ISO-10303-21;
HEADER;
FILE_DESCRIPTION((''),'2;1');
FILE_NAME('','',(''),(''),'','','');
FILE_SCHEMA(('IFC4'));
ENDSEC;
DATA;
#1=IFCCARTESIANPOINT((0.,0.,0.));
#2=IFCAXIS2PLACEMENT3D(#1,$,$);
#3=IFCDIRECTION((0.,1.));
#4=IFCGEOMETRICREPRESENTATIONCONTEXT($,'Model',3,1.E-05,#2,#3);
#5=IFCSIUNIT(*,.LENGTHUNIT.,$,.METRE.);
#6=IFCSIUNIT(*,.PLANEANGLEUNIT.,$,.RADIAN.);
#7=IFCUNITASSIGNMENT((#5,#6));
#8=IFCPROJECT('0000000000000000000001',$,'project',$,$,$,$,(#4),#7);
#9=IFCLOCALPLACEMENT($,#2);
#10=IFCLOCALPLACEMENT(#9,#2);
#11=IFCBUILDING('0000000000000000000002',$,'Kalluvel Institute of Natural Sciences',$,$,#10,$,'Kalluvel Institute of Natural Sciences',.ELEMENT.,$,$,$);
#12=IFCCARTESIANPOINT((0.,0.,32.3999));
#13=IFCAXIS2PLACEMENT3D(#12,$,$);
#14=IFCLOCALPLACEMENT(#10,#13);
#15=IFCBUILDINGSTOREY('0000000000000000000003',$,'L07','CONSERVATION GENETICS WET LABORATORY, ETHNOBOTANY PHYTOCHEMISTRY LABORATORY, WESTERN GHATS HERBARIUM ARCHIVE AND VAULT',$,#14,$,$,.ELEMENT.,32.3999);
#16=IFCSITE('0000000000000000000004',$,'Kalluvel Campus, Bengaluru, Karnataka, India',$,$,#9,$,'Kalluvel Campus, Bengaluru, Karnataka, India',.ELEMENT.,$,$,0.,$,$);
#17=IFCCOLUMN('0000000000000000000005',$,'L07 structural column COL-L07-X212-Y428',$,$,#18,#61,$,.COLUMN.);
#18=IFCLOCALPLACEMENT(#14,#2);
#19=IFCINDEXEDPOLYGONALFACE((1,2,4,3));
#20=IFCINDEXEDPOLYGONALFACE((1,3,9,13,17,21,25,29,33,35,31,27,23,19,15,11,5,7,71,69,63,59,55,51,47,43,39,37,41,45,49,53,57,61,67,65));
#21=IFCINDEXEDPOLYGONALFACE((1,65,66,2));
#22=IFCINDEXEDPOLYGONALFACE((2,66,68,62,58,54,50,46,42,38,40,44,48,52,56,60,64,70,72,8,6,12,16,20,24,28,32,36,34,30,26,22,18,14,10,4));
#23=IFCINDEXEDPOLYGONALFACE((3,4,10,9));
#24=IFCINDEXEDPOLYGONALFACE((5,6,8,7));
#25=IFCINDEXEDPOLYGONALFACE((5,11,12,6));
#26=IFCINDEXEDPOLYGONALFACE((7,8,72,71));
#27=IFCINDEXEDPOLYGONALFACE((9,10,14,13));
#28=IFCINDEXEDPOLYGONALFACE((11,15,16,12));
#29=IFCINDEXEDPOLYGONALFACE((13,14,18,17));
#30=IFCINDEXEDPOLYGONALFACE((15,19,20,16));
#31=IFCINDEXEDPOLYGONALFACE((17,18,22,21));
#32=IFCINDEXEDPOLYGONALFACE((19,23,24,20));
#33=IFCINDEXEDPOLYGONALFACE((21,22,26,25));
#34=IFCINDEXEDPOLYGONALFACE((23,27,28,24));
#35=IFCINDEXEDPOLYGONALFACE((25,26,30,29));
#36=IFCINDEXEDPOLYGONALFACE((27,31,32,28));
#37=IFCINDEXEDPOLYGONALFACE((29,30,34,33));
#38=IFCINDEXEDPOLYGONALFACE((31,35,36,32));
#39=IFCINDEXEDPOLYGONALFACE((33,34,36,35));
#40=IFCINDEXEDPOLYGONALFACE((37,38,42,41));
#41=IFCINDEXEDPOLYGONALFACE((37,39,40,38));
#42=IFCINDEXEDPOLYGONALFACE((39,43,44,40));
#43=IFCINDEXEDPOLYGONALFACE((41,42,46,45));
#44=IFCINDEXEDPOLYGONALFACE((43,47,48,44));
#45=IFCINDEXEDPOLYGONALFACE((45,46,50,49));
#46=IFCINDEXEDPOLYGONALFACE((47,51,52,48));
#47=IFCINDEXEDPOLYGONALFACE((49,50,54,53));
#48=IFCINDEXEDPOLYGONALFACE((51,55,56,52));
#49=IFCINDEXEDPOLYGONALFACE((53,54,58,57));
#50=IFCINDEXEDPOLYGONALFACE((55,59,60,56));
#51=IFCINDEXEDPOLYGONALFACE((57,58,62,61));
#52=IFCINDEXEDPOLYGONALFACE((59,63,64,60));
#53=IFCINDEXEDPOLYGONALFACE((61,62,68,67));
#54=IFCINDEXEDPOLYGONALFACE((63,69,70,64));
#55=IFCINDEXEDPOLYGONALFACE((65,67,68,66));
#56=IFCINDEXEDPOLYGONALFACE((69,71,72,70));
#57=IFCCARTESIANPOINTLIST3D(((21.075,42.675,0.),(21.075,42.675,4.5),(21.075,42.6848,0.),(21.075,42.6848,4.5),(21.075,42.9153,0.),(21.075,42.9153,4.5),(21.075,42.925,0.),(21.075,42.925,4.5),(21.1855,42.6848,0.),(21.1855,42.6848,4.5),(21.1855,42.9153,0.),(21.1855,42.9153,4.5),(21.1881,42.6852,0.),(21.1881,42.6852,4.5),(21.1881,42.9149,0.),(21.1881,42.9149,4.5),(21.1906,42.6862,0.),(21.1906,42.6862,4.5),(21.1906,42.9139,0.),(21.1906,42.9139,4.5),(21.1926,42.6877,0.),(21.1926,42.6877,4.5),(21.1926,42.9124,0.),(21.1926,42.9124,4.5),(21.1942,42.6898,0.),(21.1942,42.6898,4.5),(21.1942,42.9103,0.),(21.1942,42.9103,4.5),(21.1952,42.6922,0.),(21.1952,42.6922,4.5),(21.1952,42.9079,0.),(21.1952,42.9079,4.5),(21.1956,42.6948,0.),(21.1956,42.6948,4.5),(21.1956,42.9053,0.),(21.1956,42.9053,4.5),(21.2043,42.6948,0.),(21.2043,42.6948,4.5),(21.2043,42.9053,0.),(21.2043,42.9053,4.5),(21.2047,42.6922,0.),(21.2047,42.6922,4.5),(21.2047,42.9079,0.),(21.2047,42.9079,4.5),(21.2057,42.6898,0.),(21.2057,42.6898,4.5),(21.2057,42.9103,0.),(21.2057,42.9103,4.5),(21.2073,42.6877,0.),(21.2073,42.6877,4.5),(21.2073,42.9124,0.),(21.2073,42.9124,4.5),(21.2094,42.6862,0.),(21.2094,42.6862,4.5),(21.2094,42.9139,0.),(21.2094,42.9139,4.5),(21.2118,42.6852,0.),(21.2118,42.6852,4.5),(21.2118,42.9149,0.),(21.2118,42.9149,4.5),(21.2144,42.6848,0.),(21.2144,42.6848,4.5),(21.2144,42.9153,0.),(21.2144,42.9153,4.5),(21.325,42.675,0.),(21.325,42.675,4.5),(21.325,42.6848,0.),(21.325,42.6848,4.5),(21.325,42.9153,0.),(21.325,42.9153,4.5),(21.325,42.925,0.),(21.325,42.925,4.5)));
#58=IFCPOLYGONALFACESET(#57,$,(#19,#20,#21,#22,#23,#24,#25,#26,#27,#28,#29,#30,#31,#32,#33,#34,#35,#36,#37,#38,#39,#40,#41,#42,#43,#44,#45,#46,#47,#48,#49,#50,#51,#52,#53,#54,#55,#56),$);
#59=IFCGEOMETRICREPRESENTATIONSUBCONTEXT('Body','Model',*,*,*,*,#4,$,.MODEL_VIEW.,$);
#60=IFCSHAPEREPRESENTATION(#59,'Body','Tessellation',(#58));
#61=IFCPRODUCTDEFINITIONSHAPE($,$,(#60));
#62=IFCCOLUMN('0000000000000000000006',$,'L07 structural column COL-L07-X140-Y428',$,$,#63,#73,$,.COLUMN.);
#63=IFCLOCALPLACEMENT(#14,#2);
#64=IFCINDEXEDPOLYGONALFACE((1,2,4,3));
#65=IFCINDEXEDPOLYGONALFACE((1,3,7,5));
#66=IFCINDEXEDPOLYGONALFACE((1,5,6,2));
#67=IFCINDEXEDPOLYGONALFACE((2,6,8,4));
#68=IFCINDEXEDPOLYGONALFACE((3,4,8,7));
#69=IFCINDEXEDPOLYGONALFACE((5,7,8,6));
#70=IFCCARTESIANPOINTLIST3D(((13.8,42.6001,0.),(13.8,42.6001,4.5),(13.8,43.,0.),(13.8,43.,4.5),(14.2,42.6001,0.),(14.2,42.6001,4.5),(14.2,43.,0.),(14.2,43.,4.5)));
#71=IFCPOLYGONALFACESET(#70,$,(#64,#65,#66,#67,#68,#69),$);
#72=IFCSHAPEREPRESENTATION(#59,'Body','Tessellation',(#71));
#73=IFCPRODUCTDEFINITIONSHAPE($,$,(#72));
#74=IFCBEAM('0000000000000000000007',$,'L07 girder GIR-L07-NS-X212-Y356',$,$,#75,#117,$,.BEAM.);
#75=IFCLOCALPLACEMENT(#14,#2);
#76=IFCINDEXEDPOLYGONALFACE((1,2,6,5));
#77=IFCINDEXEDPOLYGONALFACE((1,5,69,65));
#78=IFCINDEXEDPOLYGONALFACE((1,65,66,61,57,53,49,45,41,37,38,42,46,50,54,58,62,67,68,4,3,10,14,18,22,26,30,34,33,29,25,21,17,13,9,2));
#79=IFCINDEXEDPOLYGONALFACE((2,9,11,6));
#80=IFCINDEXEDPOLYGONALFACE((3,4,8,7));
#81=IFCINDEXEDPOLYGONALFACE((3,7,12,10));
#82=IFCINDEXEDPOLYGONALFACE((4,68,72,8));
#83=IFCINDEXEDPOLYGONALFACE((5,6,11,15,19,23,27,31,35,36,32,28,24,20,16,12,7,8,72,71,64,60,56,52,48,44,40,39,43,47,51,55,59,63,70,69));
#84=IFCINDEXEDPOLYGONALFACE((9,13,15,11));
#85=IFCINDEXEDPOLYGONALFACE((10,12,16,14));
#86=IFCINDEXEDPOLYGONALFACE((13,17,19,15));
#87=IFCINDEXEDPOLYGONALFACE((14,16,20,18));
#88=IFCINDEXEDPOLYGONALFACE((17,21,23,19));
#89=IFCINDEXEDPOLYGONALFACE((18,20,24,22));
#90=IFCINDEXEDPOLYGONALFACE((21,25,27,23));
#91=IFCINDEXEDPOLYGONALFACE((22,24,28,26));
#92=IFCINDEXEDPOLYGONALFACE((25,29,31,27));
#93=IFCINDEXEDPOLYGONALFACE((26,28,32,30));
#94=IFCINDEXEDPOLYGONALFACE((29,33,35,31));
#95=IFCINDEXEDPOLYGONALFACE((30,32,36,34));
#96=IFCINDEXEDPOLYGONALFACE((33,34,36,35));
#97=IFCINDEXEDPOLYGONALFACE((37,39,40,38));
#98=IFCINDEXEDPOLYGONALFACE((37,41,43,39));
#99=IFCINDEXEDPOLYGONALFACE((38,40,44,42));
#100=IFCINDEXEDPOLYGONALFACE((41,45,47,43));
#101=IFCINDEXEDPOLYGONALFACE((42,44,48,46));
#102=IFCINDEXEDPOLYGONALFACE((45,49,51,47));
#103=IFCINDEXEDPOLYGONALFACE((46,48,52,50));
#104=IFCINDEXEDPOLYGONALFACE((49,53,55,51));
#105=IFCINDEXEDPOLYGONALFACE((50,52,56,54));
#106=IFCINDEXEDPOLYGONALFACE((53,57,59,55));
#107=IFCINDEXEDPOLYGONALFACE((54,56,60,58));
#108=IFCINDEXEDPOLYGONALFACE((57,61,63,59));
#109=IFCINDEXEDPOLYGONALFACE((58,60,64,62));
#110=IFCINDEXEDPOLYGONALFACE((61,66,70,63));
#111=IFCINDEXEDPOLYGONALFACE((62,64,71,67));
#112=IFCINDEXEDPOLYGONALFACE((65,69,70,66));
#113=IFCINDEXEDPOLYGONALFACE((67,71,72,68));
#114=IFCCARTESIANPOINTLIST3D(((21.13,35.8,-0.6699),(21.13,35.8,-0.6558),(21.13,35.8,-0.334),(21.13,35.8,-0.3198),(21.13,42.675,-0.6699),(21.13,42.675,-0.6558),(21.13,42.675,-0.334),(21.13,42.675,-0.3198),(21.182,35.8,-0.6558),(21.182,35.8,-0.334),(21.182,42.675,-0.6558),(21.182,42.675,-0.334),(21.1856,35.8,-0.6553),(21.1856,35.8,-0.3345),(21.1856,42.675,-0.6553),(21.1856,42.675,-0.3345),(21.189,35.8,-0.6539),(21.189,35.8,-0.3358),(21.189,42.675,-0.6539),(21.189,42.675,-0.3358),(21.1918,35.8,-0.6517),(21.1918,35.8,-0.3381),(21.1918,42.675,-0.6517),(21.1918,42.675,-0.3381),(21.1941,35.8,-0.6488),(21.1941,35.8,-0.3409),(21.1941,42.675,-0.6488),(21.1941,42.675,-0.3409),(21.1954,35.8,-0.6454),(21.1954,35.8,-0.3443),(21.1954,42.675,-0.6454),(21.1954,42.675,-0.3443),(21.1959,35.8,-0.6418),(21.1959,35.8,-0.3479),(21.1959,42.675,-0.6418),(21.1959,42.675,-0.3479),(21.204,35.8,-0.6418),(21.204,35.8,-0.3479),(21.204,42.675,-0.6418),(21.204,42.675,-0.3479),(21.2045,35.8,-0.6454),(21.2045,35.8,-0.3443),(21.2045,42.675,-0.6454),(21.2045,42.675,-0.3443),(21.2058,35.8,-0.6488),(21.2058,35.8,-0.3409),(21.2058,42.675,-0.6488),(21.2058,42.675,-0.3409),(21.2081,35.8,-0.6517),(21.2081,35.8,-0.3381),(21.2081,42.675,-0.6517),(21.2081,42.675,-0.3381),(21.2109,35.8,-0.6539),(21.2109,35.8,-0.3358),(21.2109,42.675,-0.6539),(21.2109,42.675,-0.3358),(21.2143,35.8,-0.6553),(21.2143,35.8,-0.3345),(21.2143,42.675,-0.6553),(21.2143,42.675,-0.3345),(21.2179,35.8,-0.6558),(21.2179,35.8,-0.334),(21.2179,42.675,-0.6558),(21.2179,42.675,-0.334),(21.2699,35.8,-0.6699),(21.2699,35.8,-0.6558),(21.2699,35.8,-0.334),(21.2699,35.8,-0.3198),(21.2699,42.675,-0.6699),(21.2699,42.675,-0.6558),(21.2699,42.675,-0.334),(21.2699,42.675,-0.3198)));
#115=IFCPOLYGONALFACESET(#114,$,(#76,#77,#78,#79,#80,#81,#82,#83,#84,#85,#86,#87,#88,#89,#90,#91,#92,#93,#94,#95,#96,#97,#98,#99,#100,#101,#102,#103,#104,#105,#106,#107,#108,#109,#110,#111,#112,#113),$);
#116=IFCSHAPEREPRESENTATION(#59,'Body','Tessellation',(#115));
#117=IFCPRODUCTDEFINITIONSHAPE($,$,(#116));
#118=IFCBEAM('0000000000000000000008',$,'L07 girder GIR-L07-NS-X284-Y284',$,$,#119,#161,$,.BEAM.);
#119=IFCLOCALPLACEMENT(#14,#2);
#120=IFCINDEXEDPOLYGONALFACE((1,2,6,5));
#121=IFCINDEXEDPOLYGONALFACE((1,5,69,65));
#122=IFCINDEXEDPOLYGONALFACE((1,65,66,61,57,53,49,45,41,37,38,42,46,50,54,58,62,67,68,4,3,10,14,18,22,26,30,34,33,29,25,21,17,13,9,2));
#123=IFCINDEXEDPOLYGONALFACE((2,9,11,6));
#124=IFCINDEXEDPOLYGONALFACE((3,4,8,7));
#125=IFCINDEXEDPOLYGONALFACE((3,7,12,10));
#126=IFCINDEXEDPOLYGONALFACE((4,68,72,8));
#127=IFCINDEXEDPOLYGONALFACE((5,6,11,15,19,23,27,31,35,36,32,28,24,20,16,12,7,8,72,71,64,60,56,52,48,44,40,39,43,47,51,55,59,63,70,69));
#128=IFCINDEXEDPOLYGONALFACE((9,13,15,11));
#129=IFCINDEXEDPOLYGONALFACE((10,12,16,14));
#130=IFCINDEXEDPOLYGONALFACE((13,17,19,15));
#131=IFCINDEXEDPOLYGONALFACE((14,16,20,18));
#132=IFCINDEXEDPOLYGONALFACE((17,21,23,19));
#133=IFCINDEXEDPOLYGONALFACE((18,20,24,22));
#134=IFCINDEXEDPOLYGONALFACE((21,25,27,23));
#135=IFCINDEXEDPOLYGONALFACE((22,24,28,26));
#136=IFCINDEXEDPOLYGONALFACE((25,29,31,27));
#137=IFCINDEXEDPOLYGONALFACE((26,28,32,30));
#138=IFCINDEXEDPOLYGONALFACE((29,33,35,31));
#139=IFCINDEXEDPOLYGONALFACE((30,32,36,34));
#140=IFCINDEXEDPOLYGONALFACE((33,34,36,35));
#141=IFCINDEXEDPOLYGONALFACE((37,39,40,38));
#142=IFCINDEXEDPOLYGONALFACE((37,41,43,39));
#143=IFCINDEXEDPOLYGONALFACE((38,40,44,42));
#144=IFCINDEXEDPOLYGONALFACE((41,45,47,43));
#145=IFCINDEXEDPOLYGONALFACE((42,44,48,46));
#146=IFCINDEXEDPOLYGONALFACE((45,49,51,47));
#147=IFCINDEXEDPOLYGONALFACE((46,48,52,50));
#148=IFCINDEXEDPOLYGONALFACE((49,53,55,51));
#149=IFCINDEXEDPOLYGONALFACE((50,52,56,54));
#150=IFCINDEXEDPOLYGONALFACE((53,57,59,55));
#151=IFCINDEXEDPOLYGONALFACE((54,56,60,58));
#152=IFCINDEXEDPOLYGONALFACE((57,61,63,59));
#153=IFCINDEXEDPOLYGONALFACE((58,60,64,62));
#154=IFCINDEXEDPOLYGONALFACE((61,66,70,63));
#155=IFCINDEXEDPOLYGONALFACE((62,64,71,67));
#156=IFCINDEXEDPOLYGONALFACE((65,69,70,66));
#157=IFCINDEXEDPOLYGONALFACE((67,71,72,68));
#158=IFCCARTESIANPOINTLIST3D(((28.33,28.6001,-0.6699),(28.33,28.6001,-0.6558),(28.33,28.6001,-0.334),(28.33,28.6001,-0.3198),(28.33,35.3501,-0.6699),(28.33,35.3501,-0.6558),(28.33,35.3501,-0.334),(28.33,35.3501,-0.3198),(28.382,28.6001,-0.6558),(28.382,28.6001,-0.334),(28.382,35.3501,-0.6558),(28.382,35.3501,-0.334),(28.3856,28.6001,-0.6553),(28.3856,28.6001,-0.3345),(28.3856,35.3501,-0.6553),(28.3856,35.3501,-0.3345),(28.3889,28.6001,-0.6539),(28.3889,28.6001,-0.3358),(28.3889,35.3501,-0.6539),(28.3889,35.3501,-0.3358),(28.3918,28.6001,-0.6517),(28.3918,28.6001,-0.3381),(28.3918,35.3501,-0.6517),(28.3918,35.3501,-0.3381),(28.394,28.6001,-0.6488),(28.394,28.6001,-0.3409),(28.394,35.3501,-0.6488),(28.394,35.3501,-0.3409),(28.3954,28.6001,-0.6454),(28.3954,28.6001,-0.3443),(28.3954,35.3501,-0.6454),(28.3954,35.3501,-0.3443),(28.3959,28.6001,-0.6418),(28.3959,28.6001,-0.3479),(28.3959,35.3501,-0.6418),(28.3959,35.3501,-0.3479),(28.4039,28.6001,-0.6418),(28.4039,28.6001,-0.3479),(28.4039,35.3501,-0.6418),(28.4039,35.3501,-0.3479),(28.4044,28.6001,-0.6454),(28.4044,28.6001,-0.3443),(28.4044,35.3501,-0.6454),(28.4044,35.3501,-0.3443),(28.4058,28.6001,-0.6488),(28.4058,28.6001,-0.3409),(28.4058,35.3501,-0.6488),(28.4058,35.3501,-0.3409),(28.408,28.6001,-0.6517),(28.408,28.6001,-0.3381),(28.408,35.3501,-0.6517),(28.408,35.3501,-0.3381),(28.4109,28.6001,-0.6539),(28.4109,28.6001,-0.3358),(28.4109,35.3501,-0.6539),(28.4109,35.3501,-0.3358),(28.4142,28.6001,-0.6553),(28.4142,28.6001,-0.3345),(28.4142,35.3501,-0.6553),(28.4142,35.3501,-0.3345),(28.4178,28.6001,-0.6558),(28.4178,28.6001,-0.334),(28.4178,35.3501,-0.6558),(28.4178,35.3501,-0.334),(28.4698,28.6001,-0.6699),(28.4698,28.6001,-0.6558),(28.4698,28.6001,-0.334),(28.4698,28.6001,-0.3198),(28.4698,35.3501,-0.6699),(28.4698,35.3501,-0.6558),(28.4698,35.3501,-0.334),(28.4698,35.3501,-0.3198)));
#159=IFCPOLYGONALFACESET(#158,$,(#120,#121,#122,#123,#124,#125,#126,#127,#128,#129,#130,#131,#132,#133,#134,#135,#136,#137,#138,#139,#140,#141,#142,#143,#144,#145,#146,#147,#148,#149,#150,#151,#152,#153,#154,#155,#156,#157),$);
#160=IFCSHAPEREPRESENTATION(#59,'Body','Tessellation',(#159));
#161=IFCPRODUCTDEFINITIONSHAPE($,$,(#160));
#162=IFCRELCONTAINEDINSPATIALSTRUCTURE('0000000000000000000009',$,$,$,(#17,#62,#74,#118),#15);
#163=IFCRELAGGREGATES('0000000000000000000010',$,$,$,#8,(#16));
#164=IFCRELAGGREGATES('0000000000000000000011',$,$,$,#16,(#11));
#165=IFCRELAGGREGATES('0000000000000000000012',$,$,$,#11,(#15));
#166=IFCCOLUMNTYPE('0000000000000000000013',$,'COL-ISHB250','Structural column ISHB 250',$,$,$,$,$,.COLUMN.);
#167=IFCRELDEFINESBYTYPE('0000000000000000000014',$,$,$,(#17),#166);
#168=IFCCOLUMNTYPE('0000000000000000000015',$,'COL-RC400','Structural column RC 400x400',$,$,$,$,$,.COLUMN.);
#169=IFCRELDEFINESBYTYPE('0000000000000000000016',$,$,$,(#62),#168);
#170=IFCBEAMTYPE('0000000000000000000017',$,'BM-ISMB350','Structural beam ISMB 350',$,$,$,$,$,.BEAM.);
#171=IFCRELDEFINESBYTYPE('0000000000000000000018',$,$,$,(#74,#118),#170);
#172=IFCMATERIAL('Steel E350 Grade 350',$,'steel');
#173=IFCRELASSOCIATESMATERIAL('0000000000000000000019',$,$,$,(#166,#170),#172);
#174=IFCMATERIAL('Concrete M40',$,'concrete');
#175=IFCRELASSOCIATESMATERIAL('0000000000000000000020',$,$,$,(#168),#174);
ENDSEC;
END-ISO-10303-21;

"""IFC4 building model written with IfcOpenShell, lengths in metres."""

from ifc_helpers import new_model, si_unit, direction, frame, origin, origin_2d, place, context, subcontext, project, spatial, rectangle, i_section, extrude, material, material_profile, profile_set, type_object, element, save


model = new_model("IFC4")

# Units and contexts
model_context = context("Model", 3, precision=1e-05, world=origin(), true_north=direction((0.0, 1.0)))
body_context = subcontext(model_context, "Body", "Model", "MODEL_VIEW")
ifc_project = project(units=[si_unit("LENGTHUNIT", "METRE"), si_unit("PLANEANGLEUNIT", "RADIAN")], contexts=[model_context])

# Site, building, storey
site_placement = place(None, origin())
site = spatial("IfcSite", under=ifc_project, at=site_placement, Name="Kalluvel Campus, Bengaluru, Karnataka, India", LongName="Kalluvel Campus, Bengaluru, Karnataka, India", CompositionType="ELEMENT", RefElevation=0.0)
building_placement = place(site_placement, origin())
building = spatial("IfcBuilding", under=site, at=building_placement, Name="Kalluvel Institute of Natural Sciences", LongName="Kalluvel Institute of Natural Sciences", CompositionType="ELEMENT")
storey_placement = place(building_placement, frame((0.0, 0.0, 32.3999)))
storey = spatial("IfcBuildingStorey", under=building, at=storey_placement, Name="L07", Description="CONSERVATION GENETICS WET LABORATORY, ETHNOBOTANY PHYTOCHEMISTRY LABORATORY, WESTERN GHATS HERBARIUM ARCHIVE AND VAULT", CompositionType="ELEMENT", Elevation=32.3999)

# Columns
ifc_material_1 = material(Name="Steel E350 Grade 350", Category="steel")
ifc_material_profile_1 = material_profile(ifc_material_1, i_section(OverallWidth=0.25, OverallDepth=0.25, WebThickness=0.0088, FlangeThickness=0.0098, FilletRadius=0.01, at=origin_2d()), Name="ISHB 250")
ifc_profile_set_1 = profile_set([ifc_material_profile_1], Name="Steel E350 Grade 350")
column_type_1 = type_object("IfcColumnType", Name="COL-ISHB250", Description="Structural column ISHB 250", PredefinedType="COLUMN", material=ifc_profile_set_1)
column_1_placement = place(storey_placement, frame((21.2, 42.8, 0.0), z_axis=(0.0, 0.0, 1.0), x_axis=(1.0, 0.0, 0.0)))
element("IfcColumn", 1, at=column_1_placement, inside=storey, type_object=column_type_1, Name="L07 structural column COL-L07-X212-Y428", PredefinedType="COLUMN", context=body_context, shape_type="SweptSolid", body=[
    extrude(i_section(OverallWidth=0.25, OverallDepth=0.25, WebThickness=0.0088, FlangeThickness=0.0098, FilletRadius=0.01, at=origin_2d()), origin(), (0.0, 0.0, 1.0), 4.5),
])
ifc_material_2 = material(Name="Concrete M40", Category="concrete")
ifc_material_profile_2 = material_profile(ifc_material_2, rectangle(XDim=0.3999, YDim=0.3999, at=origin_2d()), Name="RC 400x400")
ifc_profile_set_2 = profile_set([ifc_material_profile_2], Name="Concrete M40")
column_type_2 = type_object("IfcColumnType", Name="COL-RC400", Description="Structural column RC 400x400", PredefinedType="COLUMN", material=ifc_profile_set_2)
column_2_placement = place(storey_placement, frame((14.0, 42.8, 0.0), z_axis=(0.0, 0.0, 1.0), x_axis=(1.0, 0.0, 0.0)))
element("IfcColumn", 2, at=column_2_placement, inside=storey, type_object=column_type_2, Name="L07 structural column COL-L07-X140-Y428", PredefinedType="COLUMN", context=body_context, shape_type="SweptSolid", body=[
    extrude(rectangle(XDim=0.3999, YDim=0.3999, at=origin_2d()), origin(), (0.0, 0.0, 1.0), 4.5),
])

# Beams
ifc_material_profile_3 = material_profile(ifc_material_1, i_section(OverallWidth=0.1399, OverallDepth=0.3501, WebThickness=0.0081, FlangeThickness=0.0142, FilletRadius=0.0139, at=origin_2d()), Name="ISMB 350")
ifc_profile_set_3 = profile_set([ifc_material_profile_3], Name="Steel E350 Grade 350")
beam_type_1 = type_object("IfcBeamType", Name="BM-ISMB350", Description="Structural beam ISMB 350", PredefinedType="BEAM", material=ifc_profile_set_3)
beam_1_placement = place(storey_placement, frame((21.2, 35.8, -0.4949), z_axis=(0.0, 1.0, 0.0), x_axis=(-1.0, 0.0, 0.0)))
element("IfcBeam", 3, at=beam_1_placement, inside=storey, type_object=beam_type_1, Name="L07 girder GIR-L07-NS-X212-Y356", PredefinedType="BEAM", context=body_context, shape_type="SweptSolid", body=[
    extrude(i_section(OverallWidth=0.1399, OverallDepth=0.3501, WebThickness=0.0081, FlangeThickness=0.0142, FilletRadius=0.0139, at=origin_2d()), origin(), (0.0, 0.0, 1.0), 6.875),
])
beam_2_placement = place(storey_placement, frame((28.3999, 28.6001, -0.4949), z_axis=(0.0, 1.0, 0.0), x_axis=(-1.0, 0.0, 0.0)))
element("IfcBeam", 4, at=beam_2_placement, inside=storey, type_object=beam_type_1, Name="L07 girder GIR-L07-NS-X284-Y284", PredefinedType="BEAM", context=body_context, shape_type="SweptSolid", body=[
    extrude(i_section(OverallWidth=0.1399, OverallDepth=0.3501, WebThickness=0.0081, FlangeThickness=0.0142, FilletRadius=0.0139, at=origin_2d()), origin(), (0.0, 0.0, 1.0), 6.75),
])

save(model, "model.ifc")
